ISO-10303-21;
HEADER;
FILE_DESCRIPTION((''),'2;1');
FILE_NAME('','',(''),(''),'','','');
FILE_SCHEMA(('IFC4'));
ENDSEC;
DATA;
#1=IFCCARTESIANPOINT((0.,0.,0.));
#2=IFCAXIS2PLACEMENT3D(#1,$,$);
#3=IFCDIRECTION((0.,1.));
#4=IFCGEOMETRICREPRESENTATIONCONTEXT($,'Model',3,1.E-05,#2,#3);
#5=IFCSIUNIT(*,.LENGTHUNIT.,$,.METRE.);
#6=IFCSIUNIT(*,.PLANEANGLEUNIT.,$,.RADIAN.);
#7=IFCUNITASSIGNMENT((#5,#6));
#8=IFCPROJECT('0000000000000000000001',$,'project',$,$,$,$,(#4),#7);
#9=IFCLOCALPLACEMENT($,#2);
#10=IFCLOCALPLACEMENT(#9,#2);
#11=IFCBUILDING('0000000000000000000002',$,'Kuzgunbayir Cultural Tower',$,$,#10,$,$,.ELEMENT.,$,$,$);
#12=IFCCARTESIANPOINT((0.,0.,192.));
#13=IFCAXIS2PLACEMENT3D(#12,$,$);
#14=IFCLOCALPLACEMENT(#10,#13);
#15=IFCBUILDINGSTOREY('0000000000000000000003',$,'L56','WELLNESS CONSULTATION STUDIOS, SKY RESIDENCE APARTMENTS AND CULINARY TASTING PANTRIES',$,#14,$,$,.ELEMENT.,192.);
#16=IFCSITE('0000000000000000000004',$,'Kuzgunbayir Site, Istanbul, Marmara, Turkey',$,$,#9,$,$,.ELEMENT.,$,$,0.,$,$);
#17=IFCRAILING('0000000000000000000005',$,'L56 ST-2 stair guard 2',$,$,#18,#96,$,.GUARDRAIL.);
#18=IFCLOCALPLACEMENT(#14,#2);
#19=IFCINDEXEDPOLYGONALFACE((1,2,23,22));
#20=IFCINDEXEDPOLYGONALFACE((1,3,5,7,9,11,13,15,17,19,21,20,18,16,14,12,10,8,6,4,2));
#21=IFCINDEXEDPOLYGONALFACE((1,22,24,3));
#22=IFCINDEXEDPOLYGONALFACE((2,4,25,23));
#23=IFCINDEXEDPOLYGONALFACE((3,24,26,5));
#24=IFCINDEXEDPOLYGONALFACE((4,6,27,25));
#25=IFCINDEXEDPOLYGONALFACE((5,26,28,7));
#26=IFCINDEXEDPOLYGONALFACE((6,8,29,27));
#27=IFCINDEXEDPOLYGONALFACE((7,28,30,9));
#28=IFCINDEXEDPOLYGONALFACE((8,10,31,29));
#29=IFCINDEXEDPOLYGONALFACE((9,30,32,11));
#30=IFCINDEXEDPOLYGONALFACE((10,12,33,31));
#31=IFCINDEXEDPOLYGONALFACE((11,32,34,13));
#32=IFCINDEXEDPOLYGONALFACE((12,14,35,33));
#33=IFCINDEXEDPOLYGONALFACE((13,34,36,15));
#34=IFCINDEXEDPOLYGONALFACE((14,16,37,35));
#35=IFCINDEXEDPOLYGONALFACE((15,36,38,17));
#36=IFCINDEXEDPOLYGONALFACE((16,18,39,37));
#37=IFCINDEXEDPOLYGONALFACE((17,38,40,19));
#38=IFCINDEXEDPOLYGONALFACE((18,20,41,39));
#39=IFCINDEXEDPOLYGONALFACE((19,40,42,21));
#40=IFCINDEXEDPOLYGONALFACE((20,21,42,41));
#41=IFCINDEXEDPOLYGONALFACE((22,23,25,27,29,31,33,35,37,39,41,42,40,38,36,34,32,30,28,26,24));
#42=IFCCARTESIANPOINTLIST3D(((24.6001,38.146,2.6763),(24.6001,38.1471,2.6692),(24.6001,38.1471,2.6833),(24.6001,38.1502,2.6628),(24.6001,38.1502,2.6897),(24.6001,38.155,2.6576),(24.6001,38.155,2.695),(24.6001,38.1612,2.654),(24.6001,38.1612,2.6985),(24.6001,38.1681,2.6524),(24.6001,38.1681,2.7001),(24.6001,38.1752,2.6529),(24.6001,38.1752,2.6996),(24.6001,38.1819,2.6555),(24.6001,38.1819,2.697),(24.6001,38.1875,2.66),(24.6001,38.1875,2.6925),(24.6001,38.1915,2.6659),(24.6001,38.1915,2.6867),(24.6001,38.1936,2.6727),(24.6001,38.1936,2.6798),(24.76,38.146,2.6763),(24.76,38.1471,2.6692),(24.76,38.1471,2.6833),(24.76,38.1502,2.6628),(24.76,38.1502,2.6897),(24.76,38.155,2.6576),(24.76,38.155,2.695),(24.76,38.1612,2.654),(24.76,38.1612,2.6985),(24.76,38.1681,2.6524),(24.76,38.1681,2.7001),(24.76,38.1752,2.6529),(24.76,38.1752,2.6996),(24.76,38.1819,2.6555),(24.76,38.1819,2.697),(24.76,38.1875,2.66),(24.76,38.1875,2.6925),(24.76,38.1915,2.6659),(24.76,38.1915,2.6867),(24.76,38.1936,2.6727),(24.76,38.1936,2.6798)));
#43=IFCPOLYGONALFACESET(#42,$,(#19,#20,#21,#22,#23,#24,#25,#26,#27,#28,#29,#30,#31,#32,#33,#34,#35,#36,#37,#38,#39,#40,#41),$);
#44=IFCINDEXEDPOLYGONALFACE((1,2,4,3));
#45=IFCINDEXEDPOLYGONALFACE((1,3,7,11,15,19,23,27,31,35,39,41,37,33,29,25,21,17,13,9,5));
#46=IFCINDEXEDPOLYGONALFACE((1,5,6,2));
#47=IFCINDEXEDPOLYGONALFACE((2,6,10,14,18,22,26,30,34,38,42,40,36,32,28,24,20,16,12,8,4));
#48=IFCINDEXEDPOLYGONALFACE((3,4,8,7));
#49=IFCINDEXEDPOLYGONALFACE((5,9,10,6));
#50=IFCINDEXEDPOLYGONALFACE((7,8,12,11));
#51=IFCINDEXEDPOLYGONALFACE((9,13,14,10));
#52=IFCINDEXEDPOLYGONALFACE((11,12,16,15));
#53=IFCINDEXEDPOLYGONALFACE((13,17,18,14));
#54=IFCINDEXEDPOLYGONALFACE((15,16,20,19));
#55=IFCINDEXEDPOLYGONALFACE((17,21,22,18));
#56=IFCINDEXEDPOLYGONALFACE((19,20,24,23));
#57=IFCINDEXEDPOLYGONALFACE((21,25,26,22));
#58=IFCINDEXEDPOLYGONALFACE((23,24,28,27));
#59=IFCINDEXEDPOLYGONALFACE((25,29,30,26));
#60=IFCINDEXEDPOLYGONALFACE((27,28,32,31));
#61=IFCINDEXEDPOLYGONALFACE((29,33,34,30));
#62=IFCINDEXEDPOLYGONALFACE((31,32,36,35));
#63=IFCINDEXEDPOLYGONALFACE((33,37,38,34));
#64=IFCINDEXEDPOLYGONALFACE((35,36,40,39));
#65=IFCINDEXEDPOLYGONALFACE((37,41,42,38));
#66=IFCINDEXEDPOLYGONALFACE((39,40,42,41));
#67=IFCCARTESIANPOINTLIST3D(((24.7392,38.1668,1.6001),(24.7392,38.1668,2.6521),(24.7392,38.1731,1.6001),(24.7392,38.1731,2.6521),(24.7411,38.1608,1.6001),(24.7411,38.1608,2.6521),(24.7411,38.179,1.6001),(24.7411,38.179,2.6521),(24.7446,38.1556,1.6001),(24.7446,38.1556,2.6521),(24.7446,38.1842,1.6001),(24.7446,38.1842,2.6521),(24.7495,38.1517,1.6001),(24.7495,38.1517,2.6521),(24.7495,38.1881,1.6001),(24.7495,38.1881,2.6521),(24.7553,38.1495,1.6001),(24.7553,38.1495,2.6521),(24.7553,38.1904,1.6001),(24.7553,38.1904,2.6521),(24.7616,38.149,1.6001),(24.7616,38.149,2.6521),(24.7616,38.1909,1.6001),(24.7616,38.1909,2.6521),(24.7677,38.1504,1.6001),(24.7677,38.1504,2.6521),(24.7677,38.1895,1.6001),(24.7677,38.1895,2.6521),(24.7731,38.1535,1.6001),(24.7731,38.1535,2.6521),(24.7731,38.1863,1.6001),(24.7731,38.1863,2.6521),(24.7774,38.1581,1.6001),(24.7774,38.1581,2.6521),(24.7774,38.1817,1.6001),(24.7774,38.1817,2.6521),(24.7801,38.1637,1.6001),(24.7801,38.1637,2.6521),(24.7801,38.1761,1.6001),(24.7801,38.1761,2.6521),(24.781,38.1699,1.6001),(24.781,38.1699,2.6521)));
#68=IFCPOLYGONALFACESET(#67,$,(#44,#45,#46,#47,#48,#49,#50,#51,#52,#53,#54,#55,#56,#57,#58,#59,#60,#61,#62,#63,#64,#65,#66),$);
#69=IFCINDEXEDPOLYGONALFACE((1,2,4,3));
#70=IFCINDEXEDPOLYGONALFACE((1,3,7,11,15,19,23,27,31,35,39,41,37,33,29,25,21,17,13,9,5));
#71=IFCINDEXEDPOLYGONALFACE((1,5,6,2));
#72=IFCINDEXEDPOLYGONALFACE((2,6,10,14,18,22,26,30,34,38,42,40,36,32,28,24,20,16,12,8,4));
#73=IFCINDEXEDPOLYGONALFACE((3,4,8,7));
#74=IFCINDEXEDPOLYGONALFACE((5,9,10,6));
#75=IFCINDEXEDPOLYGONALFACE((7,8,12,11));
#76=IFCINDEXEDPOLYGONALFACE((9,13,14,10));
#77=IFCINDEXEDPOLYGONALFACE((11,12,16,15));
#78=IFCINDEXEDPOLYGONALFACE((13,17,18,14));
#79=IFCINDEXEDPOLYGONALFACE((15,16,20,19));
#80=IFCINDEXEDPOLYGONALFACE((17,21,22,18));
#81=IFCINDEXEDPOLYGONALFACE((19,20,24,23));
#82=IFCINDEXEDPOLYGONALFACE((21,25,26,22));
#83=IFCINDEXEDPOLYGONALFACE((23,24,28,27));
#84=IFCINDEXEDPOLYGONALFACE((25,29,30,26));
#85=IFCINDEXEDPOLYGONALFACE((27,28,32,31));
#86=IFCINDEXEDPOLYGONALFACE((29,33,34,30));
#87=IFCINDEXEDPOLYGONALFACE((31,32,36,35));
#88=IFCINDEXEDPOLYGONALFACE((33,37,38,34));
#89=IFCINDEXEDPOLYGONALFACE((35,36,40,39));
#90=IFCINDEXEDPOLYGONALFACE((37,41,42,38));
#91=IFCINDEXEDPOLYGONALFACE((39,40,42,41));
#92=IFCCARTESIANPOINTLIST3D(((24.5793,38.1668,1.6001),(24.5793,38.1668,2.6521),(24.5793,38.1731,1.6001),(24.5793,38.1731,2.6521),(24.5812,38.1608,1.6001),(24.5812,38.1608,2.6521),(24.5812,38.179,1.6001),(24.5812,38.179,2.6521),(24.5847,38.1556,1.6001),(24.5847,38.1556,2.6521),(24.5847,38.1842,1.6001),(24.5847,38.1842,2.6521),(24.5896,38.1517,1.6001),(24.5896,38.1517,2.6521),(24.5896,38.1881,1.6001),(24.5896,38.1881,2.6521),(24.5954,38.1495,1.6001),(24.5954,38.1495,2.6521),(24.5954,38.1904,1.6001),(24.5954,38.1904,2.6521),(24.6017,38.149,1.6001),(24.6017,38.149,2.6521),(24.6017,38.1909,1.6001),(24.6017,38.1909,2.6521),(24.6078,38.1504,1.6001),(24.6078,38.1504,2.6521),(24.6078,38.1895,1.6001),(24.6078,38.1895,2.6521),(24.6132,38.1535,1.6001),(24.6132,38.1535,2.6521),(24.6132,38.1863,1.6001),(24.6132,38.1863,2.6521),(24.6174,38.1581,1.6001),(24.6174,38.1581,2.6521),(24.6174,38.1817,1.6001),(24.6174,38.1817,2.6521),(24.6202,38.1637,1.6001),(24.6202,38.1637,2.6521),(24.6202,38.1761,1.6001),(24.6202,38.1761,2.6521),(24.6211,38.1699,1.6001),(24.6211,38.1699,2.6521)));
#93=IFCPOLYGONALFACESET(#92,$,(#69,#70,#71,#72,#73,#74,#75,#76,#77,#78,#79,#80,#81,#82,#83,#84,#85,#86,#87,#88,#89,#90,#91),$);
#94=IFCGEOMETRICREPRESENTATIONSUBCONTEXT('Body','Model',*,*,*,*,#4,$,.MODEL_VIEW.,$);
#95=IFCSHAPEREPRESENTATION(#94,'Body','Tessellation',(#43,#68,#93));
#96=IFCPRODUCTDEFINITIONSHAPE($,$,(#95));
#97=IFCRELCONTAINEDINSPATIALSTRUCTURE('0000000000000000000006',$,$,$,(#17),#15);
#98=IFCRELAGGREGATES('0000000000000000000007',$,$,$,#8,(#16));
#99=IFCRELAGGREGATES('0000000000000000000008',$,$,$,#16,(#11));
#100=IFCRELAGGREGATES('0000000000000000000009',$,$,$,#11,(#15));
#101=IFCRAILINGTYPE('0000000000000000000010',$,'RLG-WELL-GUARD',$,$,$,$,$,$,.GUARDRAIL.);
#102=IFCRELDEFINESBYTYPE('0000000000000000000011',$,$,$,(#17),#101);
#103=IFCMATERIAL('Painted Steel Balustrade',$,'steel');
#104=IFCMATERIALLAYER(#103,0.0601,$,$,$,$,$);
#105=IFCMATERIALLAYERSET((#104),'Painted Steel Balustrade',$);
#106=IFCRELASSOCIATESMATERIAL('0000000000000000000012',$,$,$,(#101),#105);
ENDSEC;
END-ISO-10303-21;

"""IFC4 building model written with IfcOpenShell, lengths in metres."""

from ifc_helpers import new_model, si_unit, direction, frame, origin, origin_2d, place, context, subcontext, project, spatial, circle, extrude, material, layer, layer_set, type_object, element, save


model = new_model("IFC4")

# Units and contexts
model_context = context("Model", 3, precision=1e-05, world=origin(), true_north=direction((0.0, 1.0)))
body_context = subcontext(model_context, "Body", "Model", "MODEL_VIEW")
ifc_project = project(units=[si_unit("LENGTHUNIT", "METRE"), si_unit("PLANEANGLEUNIT", "RADIAN")], contexts=[model_context])

# Site, building, storey
site_placement = place(None, origin())
site = spatial("IfcSite", under=ifc_project, at=site_placement, Name="Kuzgunbayir Site, Istanbul, Marmara, Turkey", CompositionType="ELEMENT", RefElevation=0.0)
building_placement = place(site_placement, origin())
building = spatial("IfcBuilding", under=site, at=building_placement, Name="Kuzgunbayir Cultural Tower", CompositionType="ELEMENT")
storey_placement = place(building_placement, frame((0.0, 0.0, 192.0)))
storey = spatial("IfcBuildingStorey", under=building, at=storey_placement, Name="L56", Description="WELLNESS CONSULTATION STUDIOS, SKY RESIDENCE APARTMENTS AND CULINARY TASTING PANTRIES", CompositionType="ELEMENT", Elevation=192.0)

# Railing
ifc_material_1 = material(Name="Painted Steel Balustrade", Category="steel")
ifc_layer_1 = layer(ifc_material_1, 0.0601)
ifc_layer_set_1 = layer_set([ifc_layer_1], Name="Painted Steel Balustrade")
railing_type_1 = type_object("IfcRailingType", Name="RLG-WELL-GUARD", PredefinedType="GUARDRAIL", material=ifc_layer_set_1)
railing_1_placement = place(storey_placement, frame((24.76, 38.1699, 1.6001)))
element("IfcRailing", 1, at=railing_1_placement, inside=storey, type_object=railing_type_1, Name="L56 ST-2 stair guard 2", PredefinedType="GUARDRAIL", context=body_context, shape_type="SweptSolid", body=[
    extrude(circle(Radius=0.0239, at=origin_2d()), frame((0.0, 0.0, 1.0762), z_axis=(-1.0, 0.0, 0.0), x_axis=(0.0, -1.0, 0.0)), (0.0, 0.0, 1.0), 0.1599),
    extrude(circle(Radius=0.021, at=origin_2d()), origin(), (0.0, 0.0, 1.0), 1.052),
    extrude(circle(Radius=0.021, at=origin_2d()), frame((-0.1599, 0.0, 0.0)), (0.0, 0.0, 1.0), 1.052),
])

save(model, "model.ifc")
